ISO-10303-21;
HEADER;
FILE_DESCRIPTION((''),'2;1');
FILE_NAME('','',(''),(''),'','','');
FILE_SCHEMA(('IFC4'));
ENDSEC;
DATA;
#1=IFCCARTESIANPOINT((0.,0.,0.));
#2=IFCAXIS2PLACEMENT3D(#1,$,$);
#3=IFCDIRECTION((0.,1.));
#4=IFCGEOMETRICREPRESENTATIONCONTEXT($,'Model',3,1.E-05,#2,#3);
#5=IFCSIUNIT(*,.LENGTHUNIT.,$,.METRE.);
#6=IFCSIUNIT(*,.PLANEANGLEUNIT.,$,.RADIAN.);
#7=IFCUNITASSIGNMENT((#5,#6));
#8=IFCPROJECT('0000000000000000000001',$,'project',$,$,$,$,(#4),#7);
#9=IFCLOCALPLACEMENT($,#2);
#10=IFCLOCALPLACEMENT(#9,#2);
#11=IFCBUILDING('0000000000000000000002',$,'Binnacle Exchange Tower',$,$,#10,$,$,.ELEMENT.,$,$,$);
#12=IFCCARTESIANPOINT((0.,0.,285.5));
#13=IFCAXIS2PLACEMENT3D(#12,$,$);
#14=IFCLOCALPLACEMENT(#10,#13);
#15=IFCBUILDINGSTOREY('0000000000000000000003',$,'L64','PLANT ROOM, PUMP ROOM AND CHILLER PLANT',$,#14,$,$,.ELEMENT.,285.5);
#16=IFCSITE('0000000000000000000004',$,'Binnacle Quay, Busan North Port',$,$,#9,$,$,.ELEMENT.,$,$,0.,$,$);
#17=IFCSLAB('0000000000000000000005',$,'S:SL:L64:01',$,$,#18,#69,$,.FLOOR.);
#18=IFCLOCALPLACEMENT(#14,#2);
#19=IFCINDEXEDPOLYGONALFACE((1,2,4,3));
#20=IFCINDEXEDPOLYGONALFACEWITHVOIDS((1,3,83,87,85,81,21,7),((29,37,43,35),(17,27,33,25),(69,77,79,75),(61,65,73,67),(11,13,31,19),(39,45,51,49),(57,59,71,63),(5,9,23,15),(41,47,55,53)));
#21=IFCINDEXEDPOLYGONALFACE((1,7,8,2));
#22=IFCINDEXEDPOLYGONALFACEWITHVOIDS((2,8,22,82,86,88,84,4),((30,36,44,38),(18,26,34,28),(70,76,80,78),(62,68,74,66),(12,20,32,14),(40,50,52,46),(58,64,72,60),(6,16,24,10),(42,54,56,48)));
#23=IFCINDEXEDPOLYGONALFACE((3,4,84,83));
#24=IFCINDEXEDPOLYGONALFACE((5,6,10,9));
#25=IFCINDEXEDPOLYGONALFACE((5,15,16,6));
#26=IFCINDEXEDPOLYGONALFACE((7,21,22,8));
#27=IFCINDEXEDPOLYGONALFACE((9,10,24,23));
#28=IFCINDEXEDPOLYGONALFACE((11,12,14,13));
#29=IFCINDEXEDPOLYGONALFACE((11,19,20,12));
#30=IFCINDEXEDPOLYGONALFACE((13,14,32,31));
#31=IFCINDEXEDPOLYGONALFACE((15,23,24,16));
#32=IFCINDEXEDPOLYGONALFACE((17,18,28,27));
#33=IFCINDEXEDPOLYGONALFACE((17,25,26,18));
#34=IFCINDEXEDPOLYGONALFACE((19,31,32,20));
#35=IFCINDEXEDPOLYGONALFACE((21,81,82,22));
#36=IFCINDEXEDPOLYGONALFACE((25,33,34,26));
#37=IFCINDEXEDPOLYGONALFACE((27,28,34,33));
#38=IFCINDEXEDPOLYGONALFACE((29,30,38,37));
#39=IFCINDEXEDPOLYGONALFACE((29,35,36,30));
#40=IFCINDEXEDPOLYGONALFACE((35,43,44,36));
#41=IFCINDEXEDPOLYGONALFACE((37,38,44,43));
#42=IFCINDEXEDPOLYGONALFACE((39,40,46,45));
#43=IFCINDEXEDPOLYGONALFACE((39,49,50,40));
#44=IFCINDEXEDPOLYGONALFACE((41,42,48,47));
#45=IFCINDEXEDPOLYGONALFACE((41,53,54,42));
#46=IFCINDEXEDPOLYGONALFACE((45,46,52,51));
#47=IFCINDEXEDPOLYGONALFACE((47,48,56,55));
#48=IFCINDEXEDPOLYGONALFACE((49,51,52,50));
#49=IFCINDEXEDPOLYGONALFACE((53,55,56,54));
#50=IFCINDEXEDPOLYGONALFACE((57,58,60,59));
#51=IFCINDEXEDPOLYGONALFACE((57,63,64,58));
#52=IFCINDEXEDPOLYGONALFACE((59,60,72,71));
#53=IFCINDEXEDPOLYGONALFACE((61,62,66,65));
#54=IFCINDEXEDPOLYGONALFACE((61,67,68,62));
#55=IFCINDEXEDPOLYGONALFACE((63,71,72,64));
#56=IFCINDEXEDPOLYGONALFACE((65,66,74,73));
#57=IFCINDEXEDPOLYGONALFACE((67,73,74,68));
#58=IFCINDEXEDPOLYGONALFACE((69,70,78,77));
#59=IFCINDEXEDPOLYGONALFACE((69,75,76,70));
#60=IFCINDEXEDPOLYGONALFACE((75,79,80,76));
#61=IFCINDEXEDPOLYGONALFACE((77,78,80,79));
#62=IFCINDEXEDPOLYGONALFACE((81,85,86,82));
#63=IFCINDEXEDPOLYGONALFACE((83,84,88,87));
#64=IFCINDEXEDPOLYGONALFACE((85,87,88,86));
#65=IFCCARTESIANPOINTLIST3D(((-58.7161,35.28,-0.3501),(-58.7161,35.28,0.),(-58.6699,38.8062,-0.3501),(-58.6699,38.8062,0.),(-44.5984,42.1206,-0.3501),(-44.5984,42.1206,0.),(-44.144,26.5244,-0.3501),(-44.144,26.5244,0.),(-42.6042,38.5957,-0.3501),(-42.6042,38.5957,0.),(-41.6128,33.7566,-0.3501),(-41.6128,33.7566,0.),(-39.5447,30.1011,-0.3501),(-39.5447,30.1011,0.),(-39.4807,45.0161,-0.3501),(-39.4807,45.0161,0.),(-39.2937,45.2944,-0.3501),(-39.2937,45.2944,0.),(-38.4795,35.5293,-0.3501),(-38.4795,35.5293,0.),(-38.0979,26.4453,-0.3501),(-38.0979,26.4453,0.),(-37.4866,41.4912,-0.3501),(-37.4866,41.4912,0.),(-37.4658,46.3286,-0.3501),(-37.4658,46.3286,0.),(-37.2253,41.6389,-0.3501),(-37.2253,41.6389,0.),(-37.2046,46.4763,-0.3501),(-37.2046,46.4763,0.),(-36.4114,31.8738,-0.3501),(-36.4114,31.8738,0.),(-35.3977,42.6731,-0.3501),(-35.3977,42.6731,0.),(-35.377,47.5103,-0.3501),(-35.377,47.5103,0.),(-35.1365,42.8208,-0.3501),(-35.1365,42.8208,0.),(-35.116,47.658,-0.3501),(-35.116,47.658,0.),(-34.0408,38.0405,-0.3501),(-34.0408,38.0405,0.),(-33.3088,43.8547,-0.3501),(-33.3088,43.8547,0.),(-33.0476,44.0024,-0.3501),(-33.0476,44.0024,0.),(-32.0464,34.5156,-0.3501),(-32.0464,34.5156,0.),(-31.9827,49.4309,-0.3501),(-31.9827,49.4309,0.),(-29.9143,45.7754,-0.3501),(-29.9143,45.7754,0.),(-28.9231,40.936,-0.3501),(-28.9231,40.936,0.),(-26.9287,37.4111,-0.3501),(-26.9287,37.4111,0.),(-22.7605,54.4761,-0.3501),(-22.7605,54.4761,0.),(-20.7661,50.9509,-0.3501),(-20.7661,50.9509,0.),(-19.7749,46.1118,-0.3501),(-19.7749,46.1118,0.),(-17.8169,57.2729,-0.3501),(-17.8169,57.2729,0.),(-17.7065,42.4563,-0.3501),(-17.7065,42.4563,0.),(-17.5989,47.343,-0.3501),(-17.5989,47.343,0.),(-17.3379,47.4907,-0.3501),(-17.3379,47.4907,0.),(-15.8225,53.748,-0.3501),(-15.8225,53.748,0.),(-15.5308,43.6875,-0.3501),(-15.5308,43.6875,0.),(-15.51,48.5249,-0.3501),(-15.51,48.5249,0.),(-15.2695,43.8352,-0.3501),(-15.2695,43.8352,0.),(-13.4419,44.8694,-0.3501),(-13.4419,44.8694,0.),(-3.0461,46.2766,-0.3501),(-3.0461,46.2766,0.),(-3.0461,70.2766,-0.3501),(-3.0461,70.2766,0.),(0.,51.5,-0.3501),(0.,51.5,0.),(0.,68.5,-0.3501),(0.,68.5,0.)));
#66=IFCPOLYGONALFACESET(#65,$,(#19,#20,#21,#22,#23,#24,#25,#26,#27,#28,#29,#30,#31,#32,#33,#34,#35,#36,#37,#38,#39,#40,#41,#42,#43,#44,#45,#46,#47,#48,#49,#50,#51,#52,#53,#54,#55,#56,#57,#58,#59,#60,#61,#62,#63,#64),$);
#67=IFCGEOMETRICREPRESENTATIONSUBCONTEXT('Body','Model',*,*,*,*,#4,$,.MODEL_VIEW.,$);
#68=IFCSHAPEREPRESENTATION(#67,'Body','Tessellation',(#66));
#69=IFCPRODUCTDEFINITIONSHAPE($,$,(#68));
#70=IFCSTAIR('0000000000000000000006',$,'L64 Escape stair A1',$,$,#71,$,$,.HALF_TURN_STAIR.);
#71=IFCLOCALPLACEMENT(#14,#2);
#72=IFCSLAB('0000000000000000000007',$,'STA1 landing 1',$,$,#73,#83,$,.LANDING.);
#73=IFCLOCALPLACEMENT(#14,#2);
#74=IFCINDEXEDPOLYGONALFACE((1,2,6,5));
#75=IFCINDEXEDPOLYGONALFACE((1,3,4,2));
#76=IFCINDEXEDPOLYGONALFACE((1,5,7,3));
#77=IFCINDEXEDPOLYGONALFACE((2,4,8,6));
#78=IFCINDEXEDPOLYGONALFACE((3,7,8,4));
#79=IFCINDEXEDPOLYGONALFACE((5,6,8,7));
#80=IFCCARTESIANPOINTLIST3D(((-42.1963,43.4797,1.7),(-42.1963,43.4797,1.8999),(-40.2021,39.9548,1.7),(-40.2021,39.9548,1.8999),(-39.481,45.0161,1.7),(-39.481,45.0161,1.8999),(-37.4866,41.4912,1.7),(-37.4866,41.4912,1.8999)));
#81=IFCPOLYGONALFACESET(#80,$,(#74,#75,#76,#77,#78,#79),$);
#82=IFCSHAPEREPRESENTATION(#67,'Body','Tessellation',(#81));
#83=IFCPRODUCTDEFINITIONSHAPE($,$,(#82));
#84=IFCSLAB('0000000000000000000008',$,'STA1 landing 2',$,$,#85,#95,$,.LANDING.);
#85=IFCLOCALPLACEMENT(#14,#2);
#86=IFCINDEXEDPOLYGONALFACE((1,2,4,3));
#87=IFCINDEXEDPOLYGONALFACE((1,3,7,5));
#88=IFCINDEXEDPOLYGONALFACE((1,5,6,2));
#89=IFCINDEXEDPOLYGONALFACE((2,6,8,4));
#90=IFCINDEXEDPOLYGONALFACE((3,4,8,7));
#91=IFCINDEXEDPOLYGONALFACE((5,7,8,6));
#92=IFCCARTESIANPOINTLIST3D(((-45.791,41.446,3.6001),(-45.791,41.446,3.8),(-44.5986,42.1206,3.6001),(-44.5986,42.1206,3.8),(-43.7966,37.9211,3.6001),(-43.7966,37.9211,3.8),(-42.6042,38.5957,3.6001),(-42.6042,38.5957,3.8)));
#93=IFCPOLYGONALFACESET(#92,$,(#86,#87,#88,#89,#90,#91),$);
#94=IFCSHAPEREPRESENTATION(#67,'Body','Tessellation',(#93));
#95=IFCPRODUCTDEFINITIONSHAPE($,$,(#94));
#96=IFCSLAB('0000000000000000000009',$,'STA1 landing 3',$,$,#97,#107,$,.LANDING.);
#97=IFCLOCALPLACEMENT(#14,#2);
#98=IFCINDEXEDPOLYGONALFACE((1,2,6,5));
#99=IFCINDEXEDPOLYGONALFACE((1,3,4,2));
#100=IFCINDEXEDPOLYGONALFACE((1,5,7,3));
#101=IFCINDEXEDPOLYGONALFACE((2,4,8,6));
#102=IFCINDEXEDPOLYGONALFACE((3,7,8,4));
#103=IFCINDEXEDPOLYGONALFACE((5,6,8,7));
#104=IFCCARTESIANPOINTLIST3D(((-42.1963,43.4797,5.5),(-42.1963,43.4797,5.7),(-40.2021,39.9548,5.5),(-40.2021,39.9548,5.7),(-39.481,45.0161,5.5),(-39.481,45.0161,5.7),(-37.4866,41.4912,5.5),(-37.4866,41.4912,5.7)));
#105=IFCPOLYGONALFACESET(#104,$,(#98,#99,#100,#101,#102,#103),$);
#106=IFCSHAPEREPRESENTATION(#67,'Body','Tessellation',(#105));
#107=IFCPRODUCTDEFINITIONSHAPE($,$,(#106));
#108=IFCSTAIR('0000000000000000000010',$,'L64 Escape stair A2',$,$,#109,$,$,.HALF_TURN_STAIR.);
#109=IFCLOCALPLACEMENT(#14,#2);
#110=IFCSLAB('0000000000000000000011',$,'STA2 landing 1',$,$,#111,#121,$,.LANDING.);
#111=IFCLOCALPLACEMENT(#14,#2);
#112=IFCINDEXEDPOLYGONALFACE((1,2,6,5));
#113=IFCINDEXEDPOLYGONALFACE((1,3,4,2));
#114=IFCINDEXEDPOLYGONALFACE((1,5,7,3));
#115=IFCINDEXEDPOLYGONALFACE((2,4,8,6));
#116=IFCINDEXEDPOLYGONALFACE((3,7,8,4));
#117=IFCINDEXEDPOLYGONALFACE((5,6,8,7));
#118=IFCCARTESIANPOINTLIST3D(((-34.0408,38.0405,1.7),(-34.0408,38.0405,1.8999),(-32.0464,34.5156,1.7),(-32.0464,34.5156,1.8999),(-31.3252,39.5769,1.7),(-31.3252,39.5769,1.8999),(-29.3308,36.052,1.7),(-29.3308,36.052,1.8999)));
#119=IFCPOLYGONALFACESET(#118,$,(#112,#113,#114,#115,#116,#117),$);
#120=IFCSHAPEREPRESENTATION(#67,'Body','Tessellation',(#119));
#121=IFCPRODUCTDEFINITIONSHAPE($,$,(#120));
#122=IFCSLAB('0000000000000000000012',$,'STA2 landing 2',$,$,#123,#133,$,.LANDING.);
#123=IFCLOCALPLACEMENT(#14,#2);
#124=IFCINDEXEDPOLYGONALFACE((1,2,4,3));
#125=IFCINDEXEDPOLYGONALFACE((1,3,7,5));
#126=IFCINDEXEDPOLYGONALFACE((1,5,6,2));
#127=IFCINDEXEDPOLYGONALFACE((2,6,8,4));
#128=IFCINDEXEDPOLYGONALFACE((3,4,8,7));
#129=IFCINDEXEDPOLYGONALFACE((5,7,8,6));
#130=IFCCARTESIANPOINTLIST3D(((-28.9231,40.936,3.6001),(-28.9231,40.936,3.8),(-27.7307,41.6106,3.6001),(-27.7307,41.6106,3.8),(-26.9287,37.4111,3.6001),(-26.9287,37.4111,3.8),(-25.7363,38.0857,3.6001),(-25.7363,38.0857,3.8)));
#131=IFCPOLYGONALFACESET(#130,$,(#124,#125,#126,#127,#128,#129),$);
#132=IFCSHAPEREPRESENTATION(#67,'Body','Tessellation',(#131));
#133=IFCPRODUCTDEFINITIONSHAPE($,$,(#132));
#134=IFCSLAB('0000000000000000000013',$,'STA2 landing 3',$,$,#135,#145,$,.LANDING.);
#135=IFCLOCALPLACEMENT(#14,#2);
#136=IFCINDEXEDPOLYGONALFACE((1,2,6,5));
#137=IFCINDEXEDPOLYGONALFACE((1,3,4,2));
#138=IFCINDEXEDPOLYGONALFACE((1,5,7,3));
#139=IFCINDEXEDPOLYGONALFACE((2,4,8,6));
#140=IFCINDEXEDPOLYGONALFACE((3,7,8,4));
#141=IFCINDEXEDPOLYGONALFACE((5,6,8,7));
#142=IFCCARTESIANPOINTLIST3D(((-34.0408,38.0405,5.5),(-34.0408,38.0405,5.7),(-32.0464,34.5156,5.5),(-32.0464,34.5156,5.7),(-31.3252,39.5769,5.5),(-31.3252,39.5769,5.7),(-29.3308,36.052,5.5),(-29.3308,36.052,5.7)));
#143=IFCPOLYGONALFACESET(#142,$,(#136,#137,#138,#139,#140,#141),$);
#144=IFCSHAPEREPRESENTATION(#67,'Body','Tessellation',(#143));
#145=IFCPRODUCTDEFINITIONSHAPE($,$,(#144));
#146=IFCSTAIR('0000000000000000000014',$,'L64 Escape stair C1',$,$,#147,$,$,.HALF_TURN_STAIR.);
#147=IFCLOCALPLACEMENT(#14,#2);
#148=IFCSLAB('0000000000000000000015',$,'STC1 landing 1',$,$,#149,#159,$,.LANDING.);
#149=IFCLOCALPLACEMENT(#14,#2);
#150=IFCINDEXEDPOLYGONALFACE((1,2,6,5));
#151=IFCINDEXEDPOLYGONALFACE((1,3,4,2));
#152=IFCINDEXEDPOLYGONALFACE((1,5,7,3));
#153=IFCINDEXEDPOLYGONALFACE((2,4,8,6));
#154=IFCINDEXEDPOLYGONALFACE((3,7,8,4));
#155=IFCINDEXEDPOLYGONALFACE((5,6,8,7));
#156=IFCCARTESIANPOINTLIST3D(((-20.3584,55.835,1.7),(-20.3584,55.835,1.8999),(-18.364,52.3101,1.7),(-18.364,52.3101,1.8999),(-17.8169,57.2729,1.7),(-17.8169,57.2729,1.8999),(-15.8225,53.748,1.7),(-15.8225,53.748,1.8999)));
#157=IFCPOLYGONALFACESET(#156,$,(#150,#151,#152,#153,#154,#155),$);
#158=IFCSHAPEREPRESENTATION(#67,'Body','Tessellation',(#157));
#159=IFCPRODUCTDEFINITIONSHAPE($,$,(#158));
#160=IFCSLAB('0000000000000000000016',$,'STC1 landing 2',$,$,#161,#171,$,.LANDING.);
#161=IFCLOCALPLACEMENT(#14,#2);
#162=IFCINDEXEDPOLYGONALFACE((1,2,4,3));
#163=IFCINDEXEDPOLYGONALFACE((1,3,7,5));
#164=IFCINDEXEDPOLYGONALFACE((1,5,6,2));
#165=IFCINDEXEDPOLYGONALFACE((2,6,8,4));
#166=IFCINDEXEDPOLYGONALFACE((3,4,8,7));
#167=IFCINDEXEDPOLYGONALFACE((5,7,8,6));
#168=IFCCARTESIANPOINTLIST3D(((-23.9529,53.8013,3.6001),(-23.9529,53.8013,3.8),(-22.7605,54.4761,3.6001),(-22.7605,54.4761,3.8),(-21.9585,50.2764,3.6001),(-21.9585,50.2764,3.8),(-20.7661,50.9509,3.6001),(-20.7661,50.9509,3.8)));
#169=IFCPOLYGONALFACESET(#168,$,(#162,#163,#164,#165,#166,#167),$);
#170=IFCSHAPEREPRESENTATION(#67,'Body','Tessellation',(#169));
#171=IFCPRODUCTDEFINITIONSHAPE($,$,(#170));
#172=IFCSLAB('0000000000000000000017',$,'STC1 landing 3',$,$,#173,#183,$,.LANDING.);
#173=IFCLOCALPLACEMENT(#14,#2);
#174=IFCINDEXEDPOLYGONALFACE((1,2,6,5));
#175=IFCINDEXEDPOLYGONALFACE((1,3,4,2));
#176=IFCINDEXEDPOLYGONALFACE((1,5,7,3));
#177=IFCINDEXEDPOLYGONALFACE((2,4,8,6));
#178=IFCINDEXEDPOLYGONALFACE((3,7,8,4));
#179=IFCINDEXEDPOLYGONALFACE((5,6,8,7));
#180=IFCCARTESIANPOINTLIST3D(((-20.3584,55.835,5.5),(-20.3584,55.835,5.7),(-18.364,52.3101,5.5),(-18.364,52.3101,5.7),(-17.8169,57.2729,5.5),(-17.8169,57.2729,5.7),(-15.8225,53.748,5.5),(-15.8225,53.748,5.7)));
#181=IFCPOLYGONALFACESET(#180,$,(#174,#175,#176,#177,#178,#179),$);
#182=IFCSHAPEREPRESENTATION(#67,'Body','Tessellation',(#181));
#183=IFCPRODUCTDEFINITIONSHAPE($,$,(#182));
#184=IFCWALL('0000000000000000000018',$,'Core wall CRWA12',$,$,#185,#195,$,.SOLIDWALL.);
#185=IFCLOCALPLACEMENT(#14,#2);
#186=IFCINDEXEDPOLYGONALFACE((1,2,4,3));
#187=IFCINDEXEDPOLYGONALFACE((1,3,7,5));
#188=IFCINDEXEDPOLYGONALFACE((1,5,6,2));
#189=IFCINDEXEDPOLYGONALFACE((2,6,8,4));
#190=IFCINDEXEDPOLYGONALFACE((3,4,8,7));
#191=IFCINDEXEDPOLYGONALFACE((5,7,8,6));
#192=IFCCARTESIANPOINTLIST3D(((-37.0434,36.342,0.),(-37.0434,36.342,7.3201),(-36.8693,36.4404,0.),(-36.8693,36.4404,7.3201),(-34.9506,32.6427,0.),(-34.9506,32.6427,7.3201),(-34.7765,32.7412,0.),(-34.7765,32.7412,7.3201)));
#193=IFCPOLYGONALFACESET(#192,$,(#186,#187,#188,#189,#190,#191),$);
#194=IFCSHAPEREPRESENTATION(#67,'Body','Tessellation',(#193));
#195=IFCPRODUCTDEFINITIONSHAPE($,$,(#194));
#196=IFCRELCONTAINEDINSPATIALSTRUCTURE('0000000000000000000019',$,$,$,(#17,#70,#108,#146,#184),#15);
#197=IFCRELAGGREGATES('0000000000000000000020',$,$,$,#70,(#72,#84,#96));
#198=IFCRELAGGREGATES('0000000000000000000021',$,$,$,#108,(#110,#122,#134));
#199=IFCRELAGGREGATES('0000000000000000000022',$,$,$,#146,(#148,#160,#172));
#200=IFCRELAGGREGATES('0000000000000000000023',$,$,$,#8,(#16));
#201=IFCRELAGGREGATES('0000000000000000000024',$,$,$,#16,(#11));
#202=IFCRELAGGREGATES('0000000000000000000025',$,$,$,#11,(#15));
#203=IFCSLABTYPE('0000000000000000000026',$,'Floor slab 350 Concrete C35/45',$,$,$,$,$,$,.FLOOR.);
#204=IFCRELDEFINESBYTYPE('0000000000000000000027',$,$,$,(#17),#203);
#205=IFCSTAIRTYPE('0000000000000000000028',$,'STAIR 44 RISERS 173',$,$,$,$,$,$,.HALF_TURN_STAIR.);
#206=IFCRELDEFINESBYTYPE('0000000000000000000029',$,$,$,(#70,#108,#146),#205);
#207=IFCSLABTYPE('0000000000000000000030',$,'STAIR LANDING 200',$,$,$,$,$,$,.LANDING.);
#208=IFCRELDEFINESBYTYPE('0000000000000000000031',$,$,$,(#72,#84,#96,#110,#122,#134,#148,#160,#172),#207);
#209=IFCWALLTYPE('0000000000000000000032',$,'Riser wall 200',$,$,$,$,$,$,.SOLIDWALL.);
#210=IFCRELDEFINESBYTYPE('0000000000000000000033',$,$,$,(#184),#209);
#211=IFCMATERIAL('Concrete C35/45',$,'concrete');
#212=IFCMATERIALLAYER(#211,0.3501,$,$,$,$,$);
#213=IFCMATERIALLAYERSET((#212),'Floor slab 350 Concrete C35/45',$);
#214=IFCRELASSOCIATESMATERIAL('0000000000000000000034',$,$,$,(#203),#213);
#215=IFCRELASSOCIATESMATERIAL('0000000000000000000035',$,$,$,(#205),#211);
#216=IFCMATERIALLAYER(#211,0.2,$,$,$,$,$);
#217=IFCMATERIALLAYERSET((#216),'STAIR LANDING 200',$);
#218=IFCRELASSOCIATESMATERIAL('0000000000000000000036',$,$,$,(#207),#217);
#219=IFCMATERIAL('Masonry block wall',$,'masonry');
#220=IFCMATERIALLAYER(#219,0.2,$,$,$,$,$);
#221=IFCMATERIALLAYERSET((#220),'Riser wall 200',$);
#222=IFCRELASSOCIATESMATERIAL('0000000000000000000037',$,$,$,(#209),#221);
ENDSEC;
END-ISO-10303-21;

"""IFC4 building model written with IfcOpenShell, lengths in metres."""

from ifc_helpers import new_model, si_unit, direction, frame, frame_2d, origin, place, context, subcontext, project, spatial, polyline, rectangle, outline, extrude, material, layer, layer_set, type_object, element, aggregate, save


model = new_model("IFC4")

# Units and contexts
model_context = context("Model", 3, precision=1e-05, world=origin(), true_north=direction((0.0, 1.0)))
body_context = subcontext(model_context, "Body", "Model", "MODEL_VIEW")
ifc_project = project(units=[si_unit("LENGTHUNIT", "METRE"), si_unit("PLANEANGLEUNIT", "RADIAN")], contexts=[model_context])

# Site, building, storey
site_placement = place(None, origin())
site = spatial("IfcSite", under=ifc_project, at=site_placement, Name="Binnacle Quay, Busan North Port", CompositionType="ELEMENT", RefElevation=0.0)
building_placement = place(site_placement, origin())
building = spatial("IfcBuilding", under=site, at=building_placement, Name="Binnacle Exchange Tower", CompositionType="ELEMENT")
storey_placement = place(building_placement, frame((0.0, 0.0, 285.5)))
storey = spatial("IfcBuildingStorey", under=building, at=storey_placement, Name="L64", Description="PLANT ROOM, PUMP ROOM AND CHILLER PLANT", CompositionType="ELEMENT", Elevation=285.5)

# Slab
ifc_material_1 = material(Name="Concrete C35/45", Category="concrete")
ifc_layer_1 = layer(ifc_material_1, 0.3501)
ifc_layer_set_1 = layer_set([ifc_layer_1], Name="Floor slab 350 Concrete C35/45")
slab_type_1 = type_object("IfcSlabType", Name="Floor slab 350 Concrete C35/45", PredefinedType="FLOOR", material=ifc_layer_set_1)
slab_1_placement = place(storey_placement, frame((0.0, 0.0, -0.3501)))
element("IfcSlab", 1, at=slab_1_placement, inside=storey, type_object=slab_type_1, Name="S:SL:L64:01", PredefinedType="FLOOR", context=body_context, shape_type="SweptSolid", body=[
    extrude(outline(polyline([(-38.0979, 26.4453), (-44.144, 26.5244), (-58.7161, 35.28), (-58.6699, 38.8062), (-3.0461, 70.2766), (0.0, 68.5), (0.0, 51.5), (-3.0461, 46.2766), (-38.0979, 26.4453)]), holes=[polyline([(-38.4795, 35.5293), (-41.6128, 33.7566), (-39.5447, 30.1011), (-36.4114, 31.8738), (-38.4795, 35.5293)]), polyline([(-32.0464, 34.5156), (-26.9287, 37.4111), (-28.9231, 40.936), (-34.0408, 38.0405), (-32.0464, 34.5156)]), polyline([(-39.4807, 45.0161), (-44.5984, 42.1206), (-42.6042, 38.5957), (-37.4866, 41.4912), (-39.4807, 45.0161)]), polyline([(-37.4658, 46.3286), (-39.2937, 45.2944), (-37.2253, 41.6389), (-35.3977, 42.6731), (-37.4658, 46.3286)]), polyline([(-17.5989, 47.343), (-19.7749, 46.1118), (-17.7065, 42.4563), (-15.5308, 43.6875), (-17.5989, 47.343)]), polyline([(-35.377, 47.5103), (-37.2046, 46.4763), (-35.1365, 42.8208), (-33.3088, 43.8547), (-35.377, 47.5103)]), polyline([(-15.51, 48.5249), (-17.3379, 47.4907), (-15.2695, 43.8352), (-13.4419, 44.8694), (-15.51, 48.5249)]), polyline([(-29.9143, 45.7754), (-31.9827, 49.4309), (-35.116, 47.658), (-33.0476, 44.0024), (-29.9143, 45.7754)]), polyline([(-15.8225, 53.748), (-17.8169, 57.2729), (-22.7605, 54.4761), (-20.7661, 50.9509), (-15.8225, 53.748)])]), origin(), (0.0, 0.0, 1.0), 0.3501),
])

# Stairs, slabs
stair_type = type_object("IfcStairType", Name="STAIR 44 RISERS 173", PredefinedType="HALF_TURN_STAIR", material=ifc_material_1)
stair_1_placement = place(storey_placement, origin())
stair_1 = element("IfcStair", 2, at=stair_1_placement, inside=storey, type_object=stair_type, Name="L64 Escape stair A1", PredefinedType="HALF_TURN_STAIR")
ifc_layer_2 = layer(ifc_material_1, 0.2)
ifc_layer_set_2 = layer_set([ifc_layer_2], Name="STAIR LANDING 200")
slab_type_2 = type_object("IfcSlabType", Name="STAIR LANDING 200", PredefinedType="LANDING", material=ifc_layer_set_2)
slab_2_placement = place(storey_placement, frame((0.0, 0.0, 1.7)))
slab_2 = element("IfcSlab", 3, at=slab_2_placement, type_object=slab_type_2, Name="STA1 landing 1", PredefinedType="LANDING", context=body_context, shape_type="SweptSolid", body=[
    extrude(outline(polyline([(-40.2021, 39.9548), (-37.4866, 41.4912), (-39.481, 45.0161), (-42.1963, 43.4797), (-40.2021, 39.9548)])), origin(), (0.0, 0.0, 1.0), 0.2),
])
slab_3_placement = place(storey_placement, frame((0.0, 0.0, 3.6001)))
slab_3 = element("IfcSlab", 4, at=slab_3_placement, type_object=slab_type_2, Name="STA1 landing 2", PredefinedType="LANDING", context=body_context, shape_type="SweptSolid", body=[
    extrude(outline(polyline([(-43.7966, 37.9211), (-42.6042, 38.5957), (-44.5986, 42.1206), (-45.791, 41.446), (-43.7966, 37.9211)])), origin(), (0.0, 0.0, 1.0), 0.2),
])
slab_4_placement = place(storey_placement, frame((0.0, 0.0, 5.5)))
slab_4 = element("IfcSlab", 5, at=slab_4_placement, type_object=slab_type_2, Name="STA1 landing 3", PredefinedType="LANDING", context=body_context, shape_type="SweptSolid", body=[
    extrude(outline(polyline([(-40.2021, 39.9548), (-37.4866, 41.4912), (-39.481, 45.0161), (-42.1963, 43.4797), (-40.2021, 39.9548)])), origin(), (0.0, 0.0, 1.0), 0.2),
])
aggregate(stair_1, [slab_2, slab_3, slab_4])
stair_2_placement = place(storey_placement, origin())
stair_2 = element("IfcStair", 6, at=stair_2_placement, inside=storey, type_object=stair_type, Name="L64 Escape stair A2", PredefinedType="HALF_TURN_STAIR")
slab_5_placement = place(storey_placement, frame((0.0, 0.0, 1.7)))
slab_5 = element("IfcSlab", 7, at=slab_5_placement, type_object=slab_type_2, Name="STA2 landing 1", PredefinedType="LANDING", context=body_context, shape_type="SweptSolid", body=[
    extrude(outline(polyline([(-31.3252, 39.5769), (-34.0408, 38.0405), (-32.0464, 34.5156), (-29.3308, 36.052), (-31.3252, 39.5769)])), origin(), (0.0, 0.0, 1.0), 0.2),
])
slab_6_placement = place(storey_placement, frame((0.0, 0.0, 3.6001)))
slab_6 = element("IfcSlab", 8, at=slab_6_placement, type_object=slab_type_2, Name="STA2 landing 2", PredefinedType="LANDING", context=body_context, shape_type="SweptSolid", body=[
    extrude(outline(polyline([(-27.7307, 41.6106), (-28.9231, 40.936), (-26.9287, 37.4111), (-25.7363, 38.0857), (-27.7307, 41.6106)])), origin(), (0.0, 0.0, 1.0), 0.2),
])
slab_7_placement = place(storey_placement, frame((0.0, 0.0, 5.5)))
slab_7 = element("IfcSlab", 9, at=slab_7_placement, type_object=slab_type_2, Name="STA2 landing 3", PredefinedType="LANDING", context=body_context, shape_type="SweptSolid", body=[
    extrude(outline(polyline([(-31.3252, 39.5769), (-34.0408, 38.0405), (-32.0464, 34.5156), (-29.3308, 36.052), (-31.3252, 39.5769)])), origin(), (0.0, 0.0, 1.0), 0.2),
])
aggregate(stair_2, [slab_5, slab_6, slab_7])
stair_3_placement = place(storey_placement, origin())
stair_3 = element("IfcStair", 10, at=stair_3_placement, inside=storey, type_object=stair_type, Name="L64 Escape stair C1", PredefinedType="HALF_TURN_STAIR")
slab_8_placement = place(storey_placement, frame((0.0, 0.0, 1.7)))
slab_8 = element("IfcSlab", 11, at=slab_8_placement, type_object=slab_type_2, Name="STC1 landing 1", PredefinedType="LANDING", context=body_context, shape_type="SweptSolid", body=[
    extrude(outline(polyline([(-18.364, 52.3101), (-15.8225, 53.748), (-17.8169, 57.2729), (-20.3584, 55.835), (-18.364, 52.3101)])), origin(), (0.0, 0.0, 1.0), 0.2),
])
slab_9_placement = place(storey_placement, frame((0.0, 0.0, 3.6001)))
slab_9 = element("IfcSlab", 12, at=slab_9_placement, type_object=slab_type_2, Name="STC1 landing 2", PredefinedType="LANDING", context=body_context, shape_type="SweptSolid", body=[
    extrude(outline(polyline([(-21.9585, 50.2764), (-20.7661, 50.9509), (-22.7605, 54.4761), (-23.9529, 53.8013), (-21.9585, 50.2764)])), origin(), (0.0, 0.0, 1.0), 0.2),
])
slab_10_placement = place(storey_placement, frame((0.0, 0.0, 5.5)))
slab_10 = element("IfcSlab", 13, at=slab_10_placement, type_object=slab_type_2, Name="STC1 landing 3", PredefinedType="LANDING", context=body_context, shape_type="SweptSolid", body=[
    extrude(outline(polyline([(-18.364, 52.3101), (-15.8225, 53.748), (-17.8169, 57.2729), (-20.3584, 55.835), (-18.364, 52.3101)])), origin(), (0.0, 0.0, 1.0), 0.2),
])
aggregate(stair_3, [slab_8, slab_9, slab_10])

# Wall
ifc_material_2 = material(Name="Masonry block wall", Category="masonry")
ifc_layer_3 = layer(ifc_material_2, 0.2)
ifc_layer_set_3 = layer_set([ifc_layer_3], Name="Riser wall 200")
wall_type_1 = type_object("IfcWallType", Name="Riser wall 200", PredefinedType="SOLIDWALL", material=ifc_layer_set_3)
wall_1_placement = place(storey_placement, frame((-36.9563, 36.3911, 0.0), z_axis=(0.0, 0.0, 1.0), x_axis=(0.492398, -0.87037, 0.0)))
element("IfcWall", 14, at=wall_1_placement, inside=storey, type_object=wall_type_1, Name="Core wall CRWA12", PredefinedType="SOLIDWALL", context=body_context, shape_type="SweptSolid", body=[
    extrude(rectangle(XDim=4.2502, YDim=0.2, at=frame_2d((2.125, 0.0))), origin(), (0.0, 0.0, 1.0), 7.3201),
])

save(model, "model.ifc")
